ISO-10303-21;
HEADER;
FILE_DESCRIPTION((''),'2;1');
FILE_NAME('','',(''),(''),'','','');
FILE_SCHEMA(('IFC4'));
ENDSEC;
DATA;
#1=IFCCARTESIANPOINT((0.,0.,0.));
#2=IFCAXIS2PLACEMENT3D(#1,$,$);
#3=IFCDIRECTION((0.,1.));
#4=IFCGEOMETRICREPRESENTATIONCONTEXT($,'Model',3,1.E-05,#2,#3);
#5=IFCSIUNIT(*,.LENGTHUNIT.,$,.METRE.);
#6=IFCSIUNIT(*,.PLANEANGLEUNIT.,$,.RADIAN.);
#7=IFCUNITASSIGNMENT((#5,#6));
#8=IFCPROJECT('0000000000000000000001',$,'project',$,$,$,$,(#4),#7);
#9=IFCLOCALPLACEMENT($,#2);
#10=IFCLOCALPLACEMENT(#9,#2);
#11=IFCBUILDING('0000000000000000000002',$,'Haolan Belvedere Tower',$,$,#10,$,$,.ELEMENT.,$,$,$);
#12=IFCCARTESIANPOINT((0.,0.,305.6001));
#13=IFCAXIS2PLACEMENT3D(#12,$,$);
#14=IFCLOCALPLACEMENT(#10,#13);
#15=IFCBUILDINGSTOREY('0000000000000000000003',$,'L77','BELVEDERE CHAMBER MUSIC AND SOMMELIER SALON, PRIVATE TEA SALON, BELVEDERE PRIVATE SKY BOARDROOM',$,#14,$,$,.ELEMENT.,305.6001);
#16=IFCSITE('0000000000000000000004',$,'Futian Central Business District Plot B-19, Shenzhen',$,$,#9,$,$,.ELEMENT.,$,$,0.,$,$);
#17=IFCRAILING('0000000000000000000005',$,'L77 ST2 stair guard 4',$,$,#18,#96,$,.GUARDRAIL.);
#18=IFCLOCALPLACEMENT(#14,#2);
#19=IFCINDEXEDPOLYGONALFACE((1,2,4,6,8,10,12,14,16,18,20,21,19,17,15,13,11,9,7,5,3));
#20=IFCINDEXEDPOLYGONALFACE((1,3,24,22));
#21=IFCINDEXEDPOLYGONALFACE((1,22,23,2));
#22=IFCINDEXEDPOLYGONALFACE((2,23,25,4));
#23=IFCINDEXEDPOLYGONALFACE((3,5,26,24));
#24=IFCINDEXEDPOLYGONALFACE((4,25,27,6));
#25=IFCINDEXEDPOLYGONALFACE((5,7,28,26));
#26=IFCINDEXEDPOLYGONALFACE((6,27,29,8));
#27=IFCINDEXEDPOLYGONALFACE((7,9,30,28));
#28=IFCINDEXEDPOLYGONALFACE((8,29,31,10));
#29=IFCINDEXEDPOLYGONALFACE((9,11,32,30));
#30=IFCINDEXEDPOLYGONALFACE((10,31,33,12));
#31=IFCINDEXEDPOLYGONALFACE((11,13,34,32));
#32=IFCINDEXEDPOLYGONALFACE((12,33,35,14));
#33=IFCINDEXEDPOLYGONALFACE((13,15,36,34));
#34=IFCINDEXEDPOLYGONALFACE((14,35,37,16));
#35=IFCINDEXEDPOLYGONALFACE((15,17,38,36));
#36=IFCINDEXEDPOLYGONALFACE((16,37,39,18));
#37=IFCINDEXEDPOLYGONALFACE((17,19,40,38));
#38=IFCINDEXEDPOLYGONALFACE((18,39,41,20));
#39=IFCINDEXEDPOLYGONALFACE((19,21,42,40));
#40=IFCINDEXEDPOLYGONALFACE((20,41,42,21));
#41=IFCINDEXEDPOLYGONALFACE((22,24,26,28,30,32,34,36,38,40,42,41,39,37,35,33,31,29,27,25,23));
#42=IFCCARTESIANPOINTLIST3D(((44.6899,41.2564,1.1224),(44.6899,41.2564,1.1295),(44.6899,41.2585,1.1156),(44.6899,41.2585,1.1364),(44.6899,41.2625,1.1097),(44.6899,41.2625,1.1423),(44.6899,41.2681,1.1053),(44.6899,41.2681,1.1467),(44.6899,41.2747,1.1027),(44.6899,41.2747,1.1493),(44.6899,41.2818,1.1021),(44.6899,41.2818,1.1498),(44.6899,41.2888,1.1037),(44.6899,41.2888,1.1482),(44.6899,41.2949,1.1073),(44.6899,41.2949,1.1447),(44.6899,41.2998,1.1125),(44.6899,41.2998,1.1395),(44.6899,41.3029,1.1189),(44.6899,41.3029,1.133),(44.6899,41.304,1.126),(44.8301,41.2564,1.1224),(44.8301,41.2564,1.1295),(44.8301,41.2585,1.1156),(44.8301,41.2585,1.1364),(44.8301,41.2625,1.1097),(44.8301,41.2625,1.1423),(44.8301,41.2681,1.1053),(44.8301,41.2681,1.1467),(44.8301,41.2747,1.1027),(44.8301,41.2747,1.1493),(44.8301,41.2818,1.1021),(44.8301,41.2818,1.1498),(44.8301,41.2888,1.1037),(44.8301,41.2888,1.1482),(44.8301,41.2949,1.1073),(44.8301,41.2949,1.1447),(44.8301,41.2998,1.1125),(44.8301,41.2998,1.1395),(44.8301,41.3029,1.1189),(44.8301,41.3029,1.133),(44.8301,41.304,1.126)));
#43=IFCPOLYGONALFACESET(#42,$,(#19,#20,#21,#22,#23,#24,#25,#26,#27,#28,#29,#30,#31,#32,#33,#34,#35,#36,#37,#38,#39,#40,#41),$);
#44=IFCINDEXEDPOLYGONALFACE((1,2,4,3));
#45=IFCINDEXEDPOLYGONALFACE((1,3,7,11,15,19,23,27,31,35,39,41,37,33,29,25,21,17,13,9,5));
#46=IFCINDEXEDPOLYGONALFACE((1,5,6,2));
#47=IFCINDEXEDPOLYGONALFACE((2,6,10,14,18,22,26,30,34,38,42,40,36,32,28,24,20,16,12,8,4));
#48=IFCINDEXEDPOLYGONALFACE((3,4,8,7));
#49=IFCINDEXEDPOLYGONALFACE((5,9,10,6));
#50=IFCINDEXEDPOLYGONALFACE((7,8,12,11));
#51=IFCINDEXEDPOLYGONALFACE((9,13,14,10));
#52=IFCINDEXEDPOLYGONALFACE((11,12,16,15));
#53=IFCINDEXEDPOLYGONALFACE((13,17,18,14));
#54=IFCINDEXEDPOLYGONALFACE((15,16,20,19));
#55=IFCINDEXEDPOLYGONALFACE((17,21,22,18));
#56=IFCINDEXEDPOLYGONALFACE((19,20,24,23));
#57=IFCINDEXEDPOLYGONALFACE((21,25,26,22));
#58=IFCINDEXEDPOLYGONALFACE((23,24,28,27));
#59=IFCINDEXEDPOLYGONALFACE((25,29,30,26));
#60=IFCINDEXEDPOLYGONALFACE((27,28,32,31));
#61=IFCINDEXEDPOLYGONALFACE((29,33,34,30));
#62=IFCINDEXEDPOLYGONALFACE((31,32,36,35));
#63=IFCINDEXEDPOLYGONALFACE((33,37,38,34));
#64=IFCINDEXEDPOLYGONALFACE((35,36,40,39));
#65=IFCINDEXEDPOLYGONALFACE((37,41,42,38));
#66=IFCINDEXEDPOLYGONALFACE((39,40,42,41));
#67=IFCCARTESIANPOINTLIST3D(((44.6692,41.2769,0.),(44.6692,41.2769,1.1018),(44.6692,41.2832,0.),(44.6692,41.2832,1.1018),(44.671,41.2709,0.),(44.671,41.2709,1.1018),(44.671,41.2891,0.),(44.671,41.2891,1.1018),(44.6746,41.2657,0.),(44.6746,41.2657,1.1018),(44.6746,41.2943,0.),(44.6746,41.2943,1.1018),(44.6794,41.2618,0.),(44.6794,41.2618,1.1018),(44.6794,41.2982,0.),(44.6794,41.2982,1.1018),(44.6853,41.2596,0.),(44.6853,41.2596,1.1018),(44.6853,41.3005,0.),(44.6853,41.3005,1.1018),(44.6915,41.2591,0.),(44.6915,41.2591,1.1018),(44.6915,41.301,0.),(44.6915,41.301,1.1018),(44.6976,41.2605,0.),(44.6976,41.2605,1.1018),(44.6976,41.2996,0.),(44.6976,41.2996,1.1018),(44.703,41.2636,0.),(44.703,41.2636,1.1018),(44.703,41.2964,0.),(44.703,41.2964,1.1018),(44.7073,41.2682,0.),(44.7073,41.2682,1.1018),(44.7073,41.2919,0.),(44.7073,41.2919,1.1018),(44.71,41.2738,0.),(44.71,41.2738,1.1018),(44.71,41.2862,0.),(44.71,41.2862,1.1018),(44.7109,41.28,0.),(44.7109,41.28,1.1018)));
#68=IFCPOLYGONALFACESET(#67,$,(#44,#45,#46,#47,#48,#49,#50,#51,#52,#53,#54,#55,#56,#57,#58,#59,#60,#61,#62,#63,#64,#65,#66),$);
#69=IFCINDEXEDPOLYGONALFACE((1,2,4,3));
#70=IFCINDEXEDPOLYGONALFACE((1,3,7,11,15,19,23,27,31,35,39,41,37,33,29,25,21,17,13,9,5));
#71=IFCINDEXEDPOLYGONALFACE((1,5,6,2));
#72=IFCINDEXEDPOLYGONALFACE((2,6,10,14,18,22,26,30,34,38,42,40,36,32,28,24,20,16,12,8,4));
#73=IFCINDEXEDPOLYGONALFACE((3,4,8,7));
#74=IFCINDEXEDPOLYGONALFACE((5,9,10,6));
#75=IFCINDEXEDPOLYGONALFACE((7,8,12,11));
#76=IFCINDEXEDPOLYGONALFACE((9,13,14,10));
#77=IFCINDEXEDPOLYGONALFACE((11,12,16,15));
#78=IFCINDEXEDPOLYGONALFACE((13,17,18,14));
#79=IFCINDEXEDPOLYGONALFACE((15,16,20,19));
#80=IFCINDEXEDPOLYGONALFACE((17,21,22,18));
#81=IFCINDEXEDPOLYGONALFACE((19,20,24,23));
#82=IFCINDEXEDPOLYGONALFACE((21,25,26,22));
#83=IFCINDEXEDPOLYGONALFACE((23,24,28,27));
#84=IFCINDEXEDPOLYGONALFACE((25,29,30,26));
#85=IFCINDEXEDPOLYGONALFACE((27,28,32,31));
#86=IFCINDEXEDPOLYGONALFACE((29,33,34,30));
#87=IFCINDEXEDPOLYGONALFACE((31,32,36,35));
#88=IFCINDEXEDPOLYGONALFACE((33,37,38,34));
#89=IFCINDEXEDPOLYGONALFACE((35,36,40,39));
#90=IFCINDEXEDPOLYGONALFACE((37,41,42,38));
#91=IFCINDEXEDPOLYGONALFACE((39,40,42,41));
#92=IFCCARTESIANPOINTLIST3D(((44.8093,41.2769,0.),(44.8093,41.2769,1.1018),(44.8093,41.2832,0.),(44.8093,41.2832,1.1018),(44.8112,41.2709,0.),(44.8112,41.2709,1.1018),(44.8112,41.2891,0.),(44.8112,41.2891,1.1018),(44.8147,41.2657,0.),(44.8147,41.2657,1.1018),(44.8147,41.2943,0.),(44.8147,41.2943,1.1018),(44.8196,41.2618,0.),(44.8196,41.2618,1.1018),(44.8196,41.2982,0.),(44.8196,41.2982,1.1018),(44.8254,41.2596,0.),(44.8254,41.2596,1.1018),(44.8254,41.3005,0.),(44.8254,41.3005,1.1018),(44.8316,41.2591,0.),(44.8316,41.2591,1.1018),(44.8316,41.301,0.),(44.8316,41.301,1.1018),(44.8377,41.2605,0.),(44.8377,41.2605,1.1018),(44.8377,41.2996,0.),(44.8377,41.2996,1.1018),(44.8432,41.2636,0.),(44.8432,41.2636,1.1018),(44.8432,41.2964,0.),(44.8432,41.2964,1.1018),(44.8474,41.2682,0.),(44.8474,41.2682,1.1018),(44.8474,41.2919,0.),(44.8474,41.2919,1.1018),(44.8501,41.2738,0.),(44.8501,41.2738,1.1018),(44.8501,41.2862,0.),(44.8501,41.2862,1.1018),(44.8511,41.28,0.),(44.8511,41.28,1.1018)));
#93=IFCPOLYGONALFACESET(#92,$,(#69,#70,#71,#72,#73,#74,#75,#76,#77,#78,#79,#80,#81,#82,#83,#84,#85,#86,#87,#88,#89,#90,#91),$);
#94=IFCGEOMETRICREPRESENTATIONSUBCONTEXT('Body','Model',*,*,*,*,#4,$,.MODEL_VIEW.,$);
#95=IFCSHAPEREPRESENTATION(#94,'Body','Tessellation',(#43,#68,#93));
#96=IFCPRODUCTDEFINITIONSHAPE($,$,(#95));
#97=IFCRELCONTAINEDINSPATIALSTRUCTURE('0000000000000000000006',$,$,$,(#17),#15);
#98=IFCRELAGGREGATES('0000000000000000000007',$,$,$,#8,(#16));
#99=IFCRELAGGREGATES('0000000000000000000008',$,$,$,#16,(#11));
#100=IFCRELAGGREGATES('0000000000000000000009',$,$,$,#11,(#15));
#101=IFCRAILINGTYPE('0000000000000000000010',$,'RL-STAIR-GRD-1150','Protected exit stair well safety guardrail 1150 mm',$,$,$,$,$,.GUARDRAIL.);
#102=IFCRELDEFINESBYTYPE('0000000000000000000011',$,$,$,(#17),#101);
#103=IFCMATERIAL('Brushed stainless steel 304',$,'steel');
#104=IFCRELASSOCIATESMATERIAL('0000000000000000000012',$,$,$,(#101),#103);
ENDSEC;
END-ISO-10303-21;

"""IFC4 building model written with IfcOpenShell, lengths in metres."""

from ifc_helpers import new_model, si_unit, direction, frame, origin, origin_2d, place, context, subcontext, project, spatial, circle, extrude, material, type_object, element, save


model = new_model("IFC4")

# Units and contexts
model_context = context("Model", 3, precision=1e-05, world=origin(), true_north=direction((0.0, 1.0)))
body_context = subcontext(model_context, "Body", "Model", "MODEL_VIEW")
ifc_project = project(units=[si_unit("LENGTHUNIT", "METRE"), si_unit("PLANEANGLEUNIT", "RADIAN")], contexts=[model_context])

# Site, building, storey
site_placement = place(None, origin())
site = spatial("IfcSite", under=ifc_project, at=site_placement, Name="Futian Central Business District Plot B-19, Shenzhen", CompositionType="ELEMENT", RefElevation=0.0)
building_placement = place(site_placement, origin())
building = spatial("IfcBuilding", under=site, at=building_placement, Name="Haolan Belvedere Tower", CompositionType="ELEMENT")
storey_placement = place(building_placement, frame((0.0, 0.0, 305.6001)))
storey = spatial("IfcBuildingStorey", under=building, at=storey_placement, Name="L77", Description="BELVEDERE CHAMBER MUSIC AND SOMMELIER SALON, PRIVATE TEA SALON, BELVEDERE PRIVATE SKY BOARDROOM", CompositionType="ELEMENT", Elevation=305.6001)

# Railing
ifc_material_1 = material(Name="Brushed stainless steel 304", Category="steel")
railing_type_1 = type_object("IfcRailingType", Name="RL-STAIR-GRD-1150", Description="Protected exit stair well safety guardrail 1150 mm", PredefinedType="GUARDRAIL", material=ifc_material_1)
railing_1_placement = place(storey_placement, frame((44.6899, 41.28, 0.0)))
element("IfcRailing", 1, at=railing_1_placement, inside=storey, type_object=railing_type_1, Name="L77 ST2 stair guard 4", PredefinedType="GUARDRAIL", context=body_context, shape_type="SweptSolid", body=[
    extrude(circle(Radius=0.0239, at=origin_2d()), frame((0.0, 0.0, 1.126), z_axis=(1.0, 0.0, 0.0), x_axis=(0.0, 1.0, 0.0)), (0.0, 0.0, 1.0), 0.1401),
    extrude(circle(Radius=0.021, at=origin_2d()), origin(), (0.0, 0.0, 1.0), 1.1018),
    extrude(circle(Radius=0.021, at=origin_2d()), frame((0.1401, 0.0, 0.0)), (0.0, 0.0, 1.0), 1.1018),
])

save(model, "model.ifc")
